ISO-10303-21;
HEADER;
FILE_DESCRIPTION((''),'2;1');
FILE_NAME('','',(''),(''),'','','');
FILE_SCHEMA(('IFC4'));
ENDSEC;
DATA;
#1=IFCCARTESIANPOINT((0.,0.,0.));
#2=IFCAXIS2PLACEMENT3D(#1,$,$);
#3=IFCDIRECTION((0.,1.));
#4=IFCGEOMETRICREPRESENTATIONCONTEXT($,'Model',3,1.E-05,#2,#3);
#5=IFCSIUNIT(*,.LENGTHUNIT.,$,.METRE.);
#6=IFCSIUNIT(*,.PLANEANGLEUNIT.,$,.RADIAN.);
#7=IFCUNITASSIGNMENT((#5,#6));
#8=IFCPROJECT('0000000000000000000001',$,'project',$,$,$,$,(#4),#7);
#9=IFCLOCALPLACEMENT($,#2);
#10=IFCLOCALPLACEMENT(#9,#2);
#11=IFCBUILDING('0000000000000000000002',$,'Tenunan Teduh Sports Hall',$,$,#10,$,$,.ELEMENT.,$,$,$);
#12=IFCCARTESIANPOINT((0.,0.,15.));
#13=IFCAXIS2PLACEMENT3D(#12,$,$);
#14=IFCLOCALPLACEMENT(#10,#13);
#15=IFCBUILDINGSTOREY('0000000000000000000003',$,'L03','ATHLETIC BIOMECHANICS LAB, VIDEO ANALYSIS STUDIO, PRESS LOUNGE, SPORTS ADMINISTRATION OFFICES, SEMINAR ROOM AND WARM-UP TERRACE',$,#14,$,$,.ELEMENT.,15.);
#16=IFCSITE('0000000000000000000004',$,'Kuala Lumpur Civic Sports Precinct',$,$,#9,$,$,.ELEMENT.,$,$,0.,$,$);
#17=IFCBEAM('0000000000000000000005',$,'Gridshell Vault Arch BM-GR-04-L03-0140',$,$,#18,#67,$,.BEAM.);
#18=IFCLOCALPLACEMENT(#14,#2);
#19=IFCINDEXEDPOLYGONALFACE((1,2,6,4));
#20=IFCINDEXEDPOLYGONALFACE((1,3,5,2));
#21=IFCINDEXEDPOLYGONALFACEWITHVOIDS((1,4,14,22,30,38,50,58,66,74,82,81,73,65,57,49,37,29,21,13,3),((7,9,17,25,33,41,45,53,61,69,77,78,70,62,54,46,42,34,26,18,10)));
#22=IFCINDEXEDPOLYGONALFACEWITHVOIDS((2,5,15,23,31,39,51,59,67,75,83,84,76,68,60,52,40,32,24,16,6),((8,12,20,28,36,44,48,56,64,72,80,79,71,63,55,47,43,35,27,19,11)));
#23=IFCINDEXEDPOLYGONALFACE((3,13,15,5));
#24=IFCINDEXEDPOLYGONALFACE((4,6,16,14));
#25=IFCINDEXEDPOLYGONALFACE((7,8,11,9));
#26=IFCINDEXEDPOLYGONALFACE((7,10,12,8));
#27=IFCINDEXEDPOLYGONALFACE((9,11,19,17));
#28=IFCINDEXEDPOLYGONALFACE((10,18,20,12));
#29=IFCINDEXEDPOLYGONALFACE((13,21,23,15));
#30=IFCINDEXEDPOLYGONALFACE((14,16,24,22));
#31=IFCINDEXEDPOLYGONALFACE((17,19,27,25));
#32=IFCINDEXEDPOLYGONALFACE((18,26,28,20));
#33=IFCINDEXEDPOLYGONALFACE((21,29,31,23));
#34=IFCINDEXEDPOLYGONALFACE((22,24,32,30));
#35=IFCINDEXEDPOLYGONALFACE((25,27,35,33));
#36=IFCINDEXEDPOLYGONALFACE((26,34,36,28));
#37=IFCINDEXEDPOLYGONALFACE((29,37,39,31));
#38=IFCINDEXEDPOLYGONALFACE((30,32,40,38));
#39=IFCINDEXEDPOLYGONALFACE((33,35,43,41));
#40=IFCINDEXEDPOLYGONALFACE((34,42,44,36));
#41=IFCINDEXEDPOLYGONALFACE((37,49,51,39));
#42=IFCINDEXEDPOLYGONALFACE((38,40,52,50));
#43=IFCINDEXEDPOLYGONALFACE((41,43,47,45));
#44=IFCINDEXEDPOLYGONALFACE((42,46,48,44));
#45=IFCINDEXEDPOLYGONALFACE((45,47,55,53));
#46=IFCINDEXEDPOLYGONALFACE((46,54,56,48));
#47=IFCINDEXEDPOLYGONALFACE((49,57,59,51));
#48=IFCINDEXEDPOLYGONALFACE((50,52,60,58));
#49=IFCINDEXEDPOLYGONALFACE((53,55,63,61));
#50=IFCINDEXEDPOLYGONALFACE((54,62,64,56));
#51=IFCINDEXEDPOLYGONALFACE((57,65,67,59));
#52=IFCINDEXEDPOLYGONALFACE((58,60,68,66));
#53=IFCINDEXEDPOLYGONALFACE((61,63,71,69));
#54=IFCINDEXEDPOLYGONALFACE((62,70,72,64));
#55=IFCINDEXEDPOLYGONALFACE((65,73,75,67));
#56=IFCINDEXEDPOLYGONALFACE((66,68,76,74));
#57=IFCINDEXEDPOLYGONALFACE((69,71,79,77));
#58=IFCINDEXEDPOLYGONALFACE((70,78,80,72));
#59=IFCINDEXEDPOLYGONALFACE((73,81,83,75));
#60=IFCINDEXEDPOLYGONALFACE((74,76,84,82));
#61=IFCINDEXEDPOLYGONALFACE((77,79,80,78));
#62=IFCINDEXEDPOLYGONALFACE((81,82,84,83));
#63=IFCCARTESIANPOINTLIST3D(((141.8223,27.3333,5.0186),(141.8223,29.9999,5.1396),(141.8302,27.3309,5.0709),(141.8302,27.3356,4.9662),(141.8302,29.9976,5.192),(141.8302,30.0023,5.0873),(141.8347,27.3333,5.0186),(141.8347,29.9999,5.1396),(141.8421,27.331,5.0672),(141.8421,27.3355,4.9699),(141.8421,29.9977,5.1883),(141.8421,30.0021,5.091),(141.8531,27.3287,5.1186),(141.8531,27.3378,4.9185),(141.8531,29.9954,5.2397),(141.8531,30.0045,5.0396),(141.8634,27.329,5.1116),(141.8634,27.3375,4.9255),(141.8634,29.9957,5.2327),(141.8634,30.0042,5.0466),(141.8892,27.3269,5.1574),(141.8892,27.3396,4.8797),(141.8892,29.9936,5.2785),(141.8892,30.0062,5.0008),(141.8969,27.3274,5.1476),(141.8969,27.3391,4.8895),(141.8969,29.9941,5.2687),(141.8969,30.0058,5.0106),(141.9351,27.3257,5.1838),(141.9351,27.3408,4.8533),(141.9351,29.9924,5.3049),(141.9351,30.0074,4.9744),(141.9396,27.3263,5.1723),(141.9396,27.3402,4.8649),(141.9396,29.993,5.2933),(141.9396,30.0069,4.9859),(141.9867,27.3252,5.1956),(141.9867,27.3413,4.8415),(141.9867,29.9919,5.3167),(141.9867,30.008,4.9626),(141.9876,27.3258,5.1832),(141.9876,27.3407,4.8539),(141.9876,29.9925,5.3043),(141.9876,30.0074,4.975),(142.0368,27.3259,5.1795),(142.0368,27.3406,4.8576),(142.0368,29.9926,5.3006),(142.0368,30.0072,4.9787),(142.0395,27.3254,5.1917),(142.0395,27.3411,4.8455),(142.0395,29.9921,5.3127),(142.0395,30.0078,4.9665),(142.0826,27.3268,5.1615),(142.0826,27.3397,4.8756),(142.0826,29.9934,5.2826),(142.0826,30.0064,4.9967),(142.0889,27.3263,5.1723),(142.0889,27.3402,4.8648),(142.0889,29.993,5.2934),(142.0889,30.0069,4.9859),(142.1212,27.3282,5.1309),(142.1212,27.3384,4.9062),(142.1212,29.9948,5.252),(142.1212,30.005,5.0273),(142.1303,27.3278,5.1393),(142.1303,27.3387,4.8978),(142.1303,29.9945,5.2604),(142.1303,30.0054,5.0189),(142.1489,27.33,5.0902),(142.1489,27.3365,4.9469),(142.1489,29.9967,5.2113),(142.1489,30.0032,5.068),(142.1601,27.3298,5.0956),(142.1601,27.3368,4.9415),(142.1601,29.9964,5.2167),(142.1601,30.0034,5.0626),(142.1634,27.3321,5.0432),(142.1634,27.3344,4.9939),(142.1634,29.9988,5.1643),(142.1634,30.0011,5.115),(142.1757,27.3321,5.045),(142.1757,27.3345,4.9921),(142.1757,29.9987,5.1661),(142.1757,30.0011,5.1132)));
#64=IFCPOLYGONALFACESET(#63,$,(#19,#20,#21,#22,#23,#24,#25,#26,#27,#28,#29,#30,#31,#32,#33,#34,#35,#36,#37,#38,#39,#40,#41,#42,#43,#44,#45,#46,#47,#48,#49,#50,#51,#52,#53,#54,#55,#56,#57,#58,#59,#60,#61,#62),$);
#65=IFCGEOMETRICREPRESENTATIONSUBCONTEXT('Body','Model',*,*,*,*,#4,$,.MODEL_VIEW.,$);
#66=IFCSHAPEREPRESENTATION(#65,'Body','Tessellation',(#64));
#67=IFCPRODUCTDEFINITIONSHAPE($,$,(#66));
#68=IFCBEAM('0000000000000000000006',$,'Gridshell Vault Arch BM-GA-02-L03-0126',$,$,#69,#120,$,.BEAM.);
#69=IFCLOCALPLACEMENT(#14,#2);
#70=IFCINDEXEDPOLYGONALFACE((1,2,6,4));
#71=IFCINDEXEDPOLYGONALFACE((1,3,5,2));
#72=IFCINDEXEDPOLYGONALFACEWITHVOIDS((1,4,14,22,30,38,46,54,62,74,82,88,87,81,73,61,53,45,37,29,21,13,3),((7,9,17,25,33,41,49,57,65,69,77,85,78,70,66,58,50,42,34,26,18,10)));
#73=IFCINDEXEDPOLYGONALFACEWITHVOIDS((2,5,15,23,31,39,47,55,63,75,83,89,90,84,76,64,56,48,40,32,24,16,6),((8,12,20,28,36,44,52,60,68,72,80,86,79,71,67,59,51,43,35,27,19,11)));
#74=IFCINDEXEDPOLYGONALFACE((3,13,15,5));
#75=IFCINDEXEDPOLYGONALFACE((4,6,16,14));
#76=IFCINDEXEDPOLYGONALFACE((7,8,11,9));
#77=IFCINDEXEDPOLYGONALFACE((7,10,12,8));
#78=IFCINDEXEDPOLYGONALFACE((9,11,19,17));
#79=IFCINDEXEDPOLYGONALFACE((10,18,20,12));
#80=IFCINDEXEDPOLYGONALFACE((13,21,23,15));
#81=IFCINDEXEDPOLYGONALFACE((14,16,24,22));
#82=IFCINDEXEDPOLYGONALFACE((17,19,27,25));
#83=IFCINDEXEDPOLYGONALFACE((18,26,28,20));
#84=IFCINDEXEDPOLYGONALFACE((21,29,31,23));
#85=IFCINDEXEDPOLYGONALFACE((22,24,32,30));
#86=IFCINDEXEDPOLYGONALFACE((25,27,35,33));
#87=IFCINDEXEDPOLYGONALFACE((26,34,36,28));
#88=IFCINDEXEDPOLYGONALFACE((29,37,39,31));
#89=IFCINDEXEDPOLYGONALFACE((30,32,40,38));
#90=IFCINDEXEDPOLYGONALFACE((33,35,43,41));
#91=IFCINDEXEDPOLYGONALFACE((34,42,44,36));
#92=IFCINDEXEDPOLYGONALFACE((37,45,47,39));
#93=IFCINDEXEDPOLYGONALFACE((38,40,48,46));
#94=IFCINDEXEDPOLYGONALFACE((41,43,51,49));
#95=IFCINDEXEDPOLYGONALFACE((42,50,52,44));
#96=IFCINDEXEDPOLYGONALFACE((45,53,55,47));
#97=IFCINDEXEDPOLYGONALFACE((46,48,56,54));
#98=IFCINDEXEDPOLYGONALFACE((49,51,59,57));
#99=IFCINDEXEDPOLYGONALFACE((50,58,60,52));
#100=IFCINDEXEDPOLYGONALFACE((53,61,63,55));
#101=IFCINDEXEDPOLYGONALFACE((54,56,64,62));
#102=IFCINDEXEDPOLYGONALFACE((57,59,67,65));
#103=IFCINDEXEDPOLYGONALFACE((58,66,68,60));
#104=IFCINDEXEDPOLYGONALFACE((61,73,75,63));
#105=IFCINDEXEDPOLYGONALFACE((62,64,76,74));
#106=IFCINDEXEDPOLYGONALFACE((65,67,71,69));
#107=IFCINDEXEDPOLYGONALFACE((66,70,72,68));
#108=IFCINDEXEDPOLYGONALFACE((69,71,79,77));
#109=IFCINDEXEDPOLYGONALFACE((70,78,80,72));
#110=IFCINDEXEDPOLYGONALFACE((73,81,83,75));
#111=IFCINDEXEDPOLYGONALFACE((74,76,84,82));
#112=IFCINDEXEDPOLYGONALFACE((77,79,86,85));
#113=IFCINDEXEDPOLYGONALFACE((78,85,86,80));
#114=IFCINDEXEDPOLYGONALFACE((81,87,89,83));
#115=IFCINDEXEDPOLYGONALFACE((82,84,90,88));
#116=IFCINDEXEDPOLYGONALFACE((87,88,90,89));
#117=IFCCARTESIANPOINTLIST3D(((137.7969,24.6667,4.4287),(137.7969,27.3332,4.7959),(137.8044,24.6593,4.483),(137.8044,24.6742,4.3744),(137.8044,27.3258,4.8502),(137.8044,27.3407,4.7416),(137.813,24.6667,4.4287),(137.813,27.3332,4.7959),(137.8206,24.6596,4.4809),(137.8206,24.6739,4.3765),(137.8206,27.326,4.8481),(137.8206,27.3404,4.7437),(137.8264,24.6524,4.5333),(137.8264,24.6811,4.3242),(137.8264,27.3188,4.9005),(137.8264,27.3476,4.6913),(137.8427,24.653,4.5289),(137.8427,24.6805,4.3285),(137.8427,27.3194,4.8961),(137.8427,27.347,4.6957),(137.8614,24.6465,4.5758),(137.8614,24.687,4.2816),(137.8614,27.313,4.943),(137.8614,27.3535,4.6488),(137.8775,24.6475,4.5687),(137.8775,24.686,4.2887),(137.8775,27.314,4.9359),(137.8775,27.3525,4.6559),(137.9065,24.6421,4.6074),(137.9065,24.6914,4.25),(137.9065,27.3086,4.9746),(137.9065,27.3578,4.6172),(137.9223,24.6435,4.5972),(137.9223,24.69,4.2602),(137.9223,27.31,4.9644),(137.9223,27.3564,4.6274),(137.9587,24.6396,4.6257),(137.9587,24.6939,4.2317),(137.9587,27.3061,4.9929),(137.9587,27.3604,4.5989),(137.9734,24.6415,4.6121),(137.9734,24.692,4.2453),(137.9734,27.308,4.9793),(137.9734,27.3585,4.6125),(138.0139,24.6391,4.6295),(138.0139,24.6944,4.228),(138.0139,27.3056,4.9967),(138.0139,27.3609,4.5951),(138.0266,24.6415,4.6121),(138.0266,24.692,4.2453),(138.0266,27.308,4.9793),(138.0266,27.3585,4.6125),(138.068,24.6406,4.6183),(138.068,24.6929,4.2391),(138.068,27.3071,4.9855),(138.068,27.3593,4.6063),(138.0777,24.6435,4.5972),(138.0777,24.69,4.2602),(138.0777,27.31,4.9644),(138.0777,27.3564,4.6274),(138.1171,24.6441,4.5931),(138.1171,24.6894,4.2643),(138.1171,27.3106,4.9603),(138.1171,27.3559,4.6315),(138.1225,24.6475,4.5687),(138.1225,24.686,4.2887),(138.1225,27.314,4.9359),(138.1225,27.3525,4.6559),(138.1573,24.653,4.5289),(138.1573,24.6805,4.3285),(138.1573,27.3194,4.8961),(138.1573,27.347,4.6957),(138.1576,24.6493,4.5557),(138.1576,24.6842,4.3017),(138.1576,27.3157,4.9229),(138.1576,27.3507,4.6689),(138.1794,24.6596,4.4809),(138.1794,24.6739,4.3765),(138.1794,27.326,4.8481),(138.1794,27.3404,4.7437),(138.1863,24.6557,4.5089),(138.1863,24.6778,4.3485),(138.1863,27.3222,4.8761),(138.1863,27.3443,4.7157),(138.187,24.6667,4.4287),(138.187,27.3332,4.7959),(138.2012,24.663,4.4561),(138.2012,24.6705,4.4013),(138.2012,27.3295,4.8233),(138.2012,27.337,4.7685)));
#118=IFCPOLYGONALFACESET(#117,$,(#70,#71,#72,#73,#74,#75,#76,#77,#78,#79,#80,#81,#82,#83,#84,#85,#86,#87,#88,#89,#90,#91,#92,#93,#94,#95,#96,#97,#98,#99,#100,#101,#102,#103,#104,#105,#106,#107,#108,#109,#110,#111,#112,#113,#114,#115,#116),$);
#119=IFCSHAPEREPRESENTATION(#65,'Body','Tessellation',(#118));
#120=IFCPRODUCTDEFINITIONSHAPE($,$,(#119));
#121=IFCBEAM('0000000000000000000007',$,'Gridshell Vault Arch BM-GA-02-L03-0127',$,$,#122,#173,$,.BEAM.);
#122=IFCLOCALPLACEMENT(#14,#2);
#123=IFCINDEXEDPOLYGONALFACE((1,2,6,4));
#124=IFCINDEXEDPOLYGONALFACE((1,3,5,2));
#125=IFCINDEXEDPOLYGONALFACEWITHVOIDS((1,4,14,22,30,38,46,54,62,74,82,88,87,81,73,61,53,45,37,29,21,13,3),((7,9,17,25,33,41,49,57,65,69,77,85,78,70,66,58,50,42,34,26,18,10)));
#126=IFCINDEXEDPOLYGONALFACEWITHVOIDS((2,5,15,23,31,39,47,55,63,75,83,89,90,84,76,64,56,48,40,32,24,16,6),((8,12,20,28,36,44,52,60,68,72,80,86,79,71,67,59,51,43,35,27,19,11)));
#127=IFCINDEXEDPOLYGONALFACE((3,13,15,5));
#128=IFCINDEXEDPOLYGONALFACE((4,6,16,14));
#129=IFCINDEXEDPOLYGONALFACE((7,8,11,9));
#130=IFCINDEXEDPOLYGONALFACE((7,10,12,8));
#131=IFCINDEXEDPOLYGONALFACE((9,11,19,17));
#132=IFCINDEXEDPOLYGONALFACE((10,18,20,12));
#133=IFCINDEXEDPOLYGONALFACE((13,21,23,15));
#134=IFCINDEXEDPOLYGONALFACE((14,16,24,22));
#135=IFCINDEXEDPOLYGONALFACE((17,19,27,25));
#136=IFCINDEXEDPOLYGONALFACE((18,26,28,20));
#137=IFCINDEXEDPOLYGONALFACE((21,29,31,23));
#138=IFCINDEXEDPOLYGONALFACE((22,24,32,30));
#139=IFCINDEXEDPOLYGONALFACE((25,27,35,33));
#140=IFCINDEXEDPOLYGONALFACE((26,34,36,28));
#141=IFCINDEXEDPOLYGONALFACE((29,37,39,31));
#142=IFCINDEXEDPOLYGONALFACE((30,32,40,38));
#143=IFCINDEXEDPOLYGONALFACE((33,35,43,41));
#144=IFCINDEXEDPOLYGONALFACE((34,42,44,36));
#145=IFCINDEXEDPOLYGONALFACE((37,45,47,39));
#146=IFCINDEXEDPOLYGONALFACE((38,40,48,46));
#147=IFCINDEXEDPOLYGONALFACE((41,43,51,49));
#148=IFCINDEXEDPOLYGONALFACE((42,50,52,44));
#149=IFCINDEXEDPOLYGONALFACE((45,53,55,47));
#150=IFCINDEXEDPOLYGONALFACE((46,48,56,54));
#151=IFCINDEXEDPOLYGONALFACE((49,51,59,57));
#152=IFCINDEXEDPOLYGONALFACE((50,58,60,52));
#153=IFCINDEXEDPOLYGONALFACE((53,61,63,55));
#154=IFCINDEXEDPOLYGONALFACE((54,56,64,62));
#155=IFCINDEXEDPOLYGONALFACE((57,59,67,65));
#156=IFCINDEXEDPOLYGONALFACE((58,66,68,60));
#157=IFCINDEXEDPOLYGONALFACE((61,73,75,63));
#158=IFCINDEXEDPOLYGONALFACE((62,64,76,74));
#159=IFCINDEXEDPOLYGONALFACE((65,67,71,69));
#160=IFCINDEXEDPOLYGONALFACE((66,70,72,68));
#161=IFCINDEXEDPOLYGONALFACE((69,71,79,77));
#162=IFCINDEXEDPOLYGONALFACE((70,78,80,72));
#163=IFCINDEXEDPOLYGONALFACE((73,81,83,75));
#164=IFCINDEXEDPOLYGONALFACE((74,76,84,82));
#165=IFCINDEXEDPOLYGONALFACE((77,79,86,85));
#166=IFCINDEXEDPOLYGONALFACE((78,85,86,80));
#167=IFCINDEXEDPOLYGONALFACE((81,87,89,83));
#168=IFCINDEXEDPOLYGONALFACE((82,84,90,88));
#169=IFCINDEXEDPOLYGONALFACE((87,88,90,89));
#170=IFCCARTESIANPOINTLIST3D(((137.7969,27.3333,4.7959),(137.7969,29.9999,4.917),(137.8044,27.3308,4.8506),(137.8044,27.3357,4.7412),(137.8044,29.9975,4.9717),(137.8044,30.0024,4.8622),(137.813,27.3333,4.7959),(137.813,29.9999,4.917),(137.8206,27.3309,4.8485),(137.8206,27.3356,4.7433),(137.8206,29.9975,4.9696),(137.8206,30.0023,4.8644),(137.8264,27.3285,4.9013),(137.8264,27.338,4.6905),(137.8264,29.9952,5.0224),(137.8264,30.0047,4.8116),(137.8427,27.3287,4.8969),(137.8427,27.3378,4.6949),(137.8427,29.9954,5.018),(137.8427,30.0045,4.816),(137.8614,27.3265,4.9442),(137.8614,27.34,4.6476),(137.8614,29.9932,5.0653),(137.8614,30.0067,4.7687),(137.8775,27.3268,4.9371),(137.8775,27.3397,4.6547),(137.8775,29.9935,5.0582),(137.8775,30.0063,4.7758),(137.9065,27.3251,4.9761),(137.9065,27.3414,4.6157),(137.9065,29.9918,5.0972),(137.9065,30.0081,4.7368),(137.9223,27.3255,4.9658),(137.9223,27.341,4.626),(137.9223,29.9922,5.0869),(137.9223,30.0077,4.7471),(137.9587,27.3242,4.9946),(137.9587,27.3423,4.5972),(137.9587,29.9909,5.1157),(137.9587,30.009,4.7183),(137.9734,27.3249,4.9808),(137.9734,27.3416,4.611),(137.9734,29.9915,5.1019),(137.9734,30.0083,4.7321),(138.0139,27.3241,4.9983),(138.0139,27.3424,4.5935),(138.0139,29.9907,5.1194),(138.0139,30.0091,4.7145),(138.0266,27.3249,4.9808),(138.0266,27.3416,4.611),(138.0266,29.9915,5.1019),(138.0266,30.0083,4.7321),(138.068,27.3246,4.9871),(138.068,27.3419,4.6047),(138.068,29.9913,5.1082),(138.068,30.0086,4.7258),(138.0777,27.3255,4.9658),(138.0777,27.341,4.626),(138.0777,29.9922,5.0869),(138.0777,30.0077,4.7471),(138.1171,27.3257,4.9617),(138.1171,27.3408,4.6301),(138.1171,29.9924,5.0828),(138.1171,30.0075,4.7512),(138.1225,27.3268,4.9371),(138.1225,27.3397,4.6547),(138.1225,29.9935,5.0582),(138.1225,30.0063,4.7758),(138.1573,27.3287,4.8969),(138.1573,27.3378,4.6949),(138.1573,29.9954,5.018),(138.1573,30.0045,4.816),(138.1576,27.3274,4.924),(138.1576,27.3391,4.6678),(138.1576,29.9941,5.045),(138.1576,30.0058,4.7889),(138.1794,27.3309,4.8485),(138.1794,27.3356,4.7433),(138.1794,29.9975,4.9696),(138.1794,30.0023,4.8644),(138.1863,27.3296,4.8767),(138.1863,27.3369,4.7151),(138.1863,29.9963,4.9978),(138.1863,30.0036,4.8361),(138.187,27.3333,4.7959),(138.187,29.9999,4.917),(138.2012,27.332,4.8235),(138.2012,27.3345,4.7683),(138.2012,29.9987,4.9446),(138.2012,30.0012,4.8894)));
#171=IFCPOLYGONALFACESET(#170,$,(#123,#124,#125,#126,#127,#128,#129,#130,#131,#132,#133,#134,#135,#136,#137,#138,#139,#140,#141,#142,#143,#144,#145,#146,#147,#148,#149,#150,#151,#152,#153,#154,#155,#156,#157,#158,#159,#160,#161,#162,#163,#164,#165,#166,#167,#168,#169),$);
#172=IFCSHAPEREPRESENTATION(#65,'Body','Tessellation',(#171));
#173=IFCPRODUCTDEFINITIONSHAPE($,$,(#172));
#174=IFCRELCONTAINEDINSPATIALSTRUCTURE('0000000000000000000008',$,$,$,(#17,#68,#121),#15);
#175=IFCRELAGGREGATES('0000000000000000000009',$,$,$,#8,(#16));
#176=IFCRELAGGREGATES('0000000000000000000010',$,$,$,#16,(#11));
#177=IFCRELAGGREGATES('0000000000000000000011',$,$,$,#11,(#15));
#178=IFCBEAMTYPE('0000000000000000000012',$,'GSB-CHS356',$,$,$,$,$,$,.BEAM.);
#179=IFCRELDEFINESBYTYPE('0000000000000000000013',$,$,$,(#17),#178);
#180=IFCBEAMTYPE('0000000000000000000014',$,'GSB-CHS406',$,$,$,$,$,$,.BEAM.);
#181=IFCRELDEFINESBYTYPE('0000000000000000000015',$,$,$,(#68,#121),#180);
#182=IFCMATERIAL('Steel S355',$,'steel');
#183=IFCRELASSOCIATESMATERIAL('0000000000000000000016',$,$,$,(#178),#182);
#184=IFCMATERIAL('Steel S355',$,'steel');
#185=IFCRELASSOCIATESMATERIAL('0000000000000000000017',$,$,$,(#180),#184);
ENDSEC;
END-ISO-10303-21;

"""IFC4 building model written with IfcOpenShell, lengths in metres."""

from ifc_helpers import new_model, si_unit, direction, frame, origin, origin_2d, place, context, subcontext, project, spatial, hollow_circle, extrude, material, material_profile, profile_set, type_object, element, save


model = new_model("IFC4")

# Units and contexts
model_context = context("Model", 3, precision=1e-05, world=origin(), true_north=direction((0.0, 1.0)))
body_context = subcontext(model_context, "Body", "Model", "MODEL_VIEW")
ifc_project = project(units=[si_unit("LENGTHUNIT", "METRE"), si_unit("PLANEANGLEUNIT", "RADIAN")], contexts=[model_context])

# Site, building, storey
site_placement = place(None, origin())
site = spatial("IfcSite", under=ifc_project, at=site_placement, Name="Kuala Lumpur Civic Sports Precinct", CompositionType="ELEMENT", RefElevation=0.0)
building_placement = place(site_placement, origin())
building = spatial("IfcBuilding", under=site, at=building_placement, Name="Tenunan Teduh Sports Hall", CompositionType="ELEMENT")
storey_placement = place(building_placement, frame((0.0, 0.0, 15.0)))
storey = spatial("IfcBuildingStorey", under=building, at=storey_placement, Name="L03", Description="ATHLETIC BIOMECHANICS LAB, VIDEO ANALYSIS STUDIO, PRESS LOUNGE, SPORTS ADMINISTRATION OFFICES, SEMINAR ROOM AND WARM-UP TERRACE", CompositionType="ELEMENT", Elevation=15.0)

# Beams
ifc_material_1 = material(Name="Steel S355", Category="steel")
ifc_material_profile_1 = material_profile(ifc_material_1, hollow_circle(Radius=0.1777, WallThickness=0.0125, at=origin_2d()), Name="CHS 355.6x12.5")
ifc_profile_set_1 = profile_set([ifc_material_profile_1], Name="Steel S355")
beam_type_1 = type_object("IfcBeamType", Name="GSB-CHS356", PredefinedType="BEAM", material=ifc_profile_set_1)
beam_1_placement = place(storey_placement, frame((142.0, 27.3333, 5.0186), z_axis=(0.0, 0.998971, 0.045362), x_axis=(-1.0, 0.0, 0.0)))
element("IfcBeam", 1, at=beam_1_placement, inside=storey, type_object=beam_type_1, Name="Gridshell Vault Arch BM-GR-04-L03-0140", PredefinedType="BEAM", context=body_context, shape_type="SweptSolid", body=[
    extrude(hollow_circle(Radius=0.1777, WallThickness=0.0125, at=origin_2d()), origin(), (0.0, 0.0, 1.0), 2.6694),
])
ifc_material_2 = material(Name="Steel S355", Category="steel")
ifc_material_profile_2 = material_profile(ifc_material_2, hollow_circle(Radius=0.2031, WallThickness=0.0161, at=origin_2d()), Name="CHS 406.4x16.0")
ifc_profile_set_2 = profile_set([ifc_material_profile_2], Name="Steel S355")
beam_type_2 = type_object("IfcBeamType", Name="GSB-CHS406", PredefinedType="BEAM", material=ifc_profile_set_2)
beam_2_placement = place(storey_placement, frame((138.0, 24.6667, 4.4287), z_axis=(0.0, 0.990652, 0.136416), x_axis=(-1.0, 0.0, 0.0)))
element("IfcBeam", 2, at=beam_2_placement, inside=storey, type_object=beam_type_2, Name="Gridshell Vault Arch BM-GA-02-L03-0126", PredefinedType="BEAM", context=body_context, shape_type="SweptSolid", body=[
    extrude(hollow_circle(Radius=0.2031, WallThickness=0.0161, at=origin_2d()), origin(), (0.0, 0.0, 1.0), 2.6917),
])
beam_3_placement = place(storey_placement, frame((138.0, 27.3333, 4.7959), z_axis=(0.0, 0.998971, 0.045362), x_axis=(-1.0, 0.0, 0.0)))
element("IfcBeam", 3, at=beam_3_placement, inside=storey, type_object=beam_type_2, Name="Gridshell Vault Arch BM-GA-02-L03-0127", PredefinedType="BEAM", context=body_context, shape_type="SweptSolid", body=[
    extrude(hollow_circle(Radius=0.2031, WallThickness=0.0161, at=origin_2d()), origin(), (0.0, 0.0, 1.0), 2.6694),
])

save(model, "model.ifc")
